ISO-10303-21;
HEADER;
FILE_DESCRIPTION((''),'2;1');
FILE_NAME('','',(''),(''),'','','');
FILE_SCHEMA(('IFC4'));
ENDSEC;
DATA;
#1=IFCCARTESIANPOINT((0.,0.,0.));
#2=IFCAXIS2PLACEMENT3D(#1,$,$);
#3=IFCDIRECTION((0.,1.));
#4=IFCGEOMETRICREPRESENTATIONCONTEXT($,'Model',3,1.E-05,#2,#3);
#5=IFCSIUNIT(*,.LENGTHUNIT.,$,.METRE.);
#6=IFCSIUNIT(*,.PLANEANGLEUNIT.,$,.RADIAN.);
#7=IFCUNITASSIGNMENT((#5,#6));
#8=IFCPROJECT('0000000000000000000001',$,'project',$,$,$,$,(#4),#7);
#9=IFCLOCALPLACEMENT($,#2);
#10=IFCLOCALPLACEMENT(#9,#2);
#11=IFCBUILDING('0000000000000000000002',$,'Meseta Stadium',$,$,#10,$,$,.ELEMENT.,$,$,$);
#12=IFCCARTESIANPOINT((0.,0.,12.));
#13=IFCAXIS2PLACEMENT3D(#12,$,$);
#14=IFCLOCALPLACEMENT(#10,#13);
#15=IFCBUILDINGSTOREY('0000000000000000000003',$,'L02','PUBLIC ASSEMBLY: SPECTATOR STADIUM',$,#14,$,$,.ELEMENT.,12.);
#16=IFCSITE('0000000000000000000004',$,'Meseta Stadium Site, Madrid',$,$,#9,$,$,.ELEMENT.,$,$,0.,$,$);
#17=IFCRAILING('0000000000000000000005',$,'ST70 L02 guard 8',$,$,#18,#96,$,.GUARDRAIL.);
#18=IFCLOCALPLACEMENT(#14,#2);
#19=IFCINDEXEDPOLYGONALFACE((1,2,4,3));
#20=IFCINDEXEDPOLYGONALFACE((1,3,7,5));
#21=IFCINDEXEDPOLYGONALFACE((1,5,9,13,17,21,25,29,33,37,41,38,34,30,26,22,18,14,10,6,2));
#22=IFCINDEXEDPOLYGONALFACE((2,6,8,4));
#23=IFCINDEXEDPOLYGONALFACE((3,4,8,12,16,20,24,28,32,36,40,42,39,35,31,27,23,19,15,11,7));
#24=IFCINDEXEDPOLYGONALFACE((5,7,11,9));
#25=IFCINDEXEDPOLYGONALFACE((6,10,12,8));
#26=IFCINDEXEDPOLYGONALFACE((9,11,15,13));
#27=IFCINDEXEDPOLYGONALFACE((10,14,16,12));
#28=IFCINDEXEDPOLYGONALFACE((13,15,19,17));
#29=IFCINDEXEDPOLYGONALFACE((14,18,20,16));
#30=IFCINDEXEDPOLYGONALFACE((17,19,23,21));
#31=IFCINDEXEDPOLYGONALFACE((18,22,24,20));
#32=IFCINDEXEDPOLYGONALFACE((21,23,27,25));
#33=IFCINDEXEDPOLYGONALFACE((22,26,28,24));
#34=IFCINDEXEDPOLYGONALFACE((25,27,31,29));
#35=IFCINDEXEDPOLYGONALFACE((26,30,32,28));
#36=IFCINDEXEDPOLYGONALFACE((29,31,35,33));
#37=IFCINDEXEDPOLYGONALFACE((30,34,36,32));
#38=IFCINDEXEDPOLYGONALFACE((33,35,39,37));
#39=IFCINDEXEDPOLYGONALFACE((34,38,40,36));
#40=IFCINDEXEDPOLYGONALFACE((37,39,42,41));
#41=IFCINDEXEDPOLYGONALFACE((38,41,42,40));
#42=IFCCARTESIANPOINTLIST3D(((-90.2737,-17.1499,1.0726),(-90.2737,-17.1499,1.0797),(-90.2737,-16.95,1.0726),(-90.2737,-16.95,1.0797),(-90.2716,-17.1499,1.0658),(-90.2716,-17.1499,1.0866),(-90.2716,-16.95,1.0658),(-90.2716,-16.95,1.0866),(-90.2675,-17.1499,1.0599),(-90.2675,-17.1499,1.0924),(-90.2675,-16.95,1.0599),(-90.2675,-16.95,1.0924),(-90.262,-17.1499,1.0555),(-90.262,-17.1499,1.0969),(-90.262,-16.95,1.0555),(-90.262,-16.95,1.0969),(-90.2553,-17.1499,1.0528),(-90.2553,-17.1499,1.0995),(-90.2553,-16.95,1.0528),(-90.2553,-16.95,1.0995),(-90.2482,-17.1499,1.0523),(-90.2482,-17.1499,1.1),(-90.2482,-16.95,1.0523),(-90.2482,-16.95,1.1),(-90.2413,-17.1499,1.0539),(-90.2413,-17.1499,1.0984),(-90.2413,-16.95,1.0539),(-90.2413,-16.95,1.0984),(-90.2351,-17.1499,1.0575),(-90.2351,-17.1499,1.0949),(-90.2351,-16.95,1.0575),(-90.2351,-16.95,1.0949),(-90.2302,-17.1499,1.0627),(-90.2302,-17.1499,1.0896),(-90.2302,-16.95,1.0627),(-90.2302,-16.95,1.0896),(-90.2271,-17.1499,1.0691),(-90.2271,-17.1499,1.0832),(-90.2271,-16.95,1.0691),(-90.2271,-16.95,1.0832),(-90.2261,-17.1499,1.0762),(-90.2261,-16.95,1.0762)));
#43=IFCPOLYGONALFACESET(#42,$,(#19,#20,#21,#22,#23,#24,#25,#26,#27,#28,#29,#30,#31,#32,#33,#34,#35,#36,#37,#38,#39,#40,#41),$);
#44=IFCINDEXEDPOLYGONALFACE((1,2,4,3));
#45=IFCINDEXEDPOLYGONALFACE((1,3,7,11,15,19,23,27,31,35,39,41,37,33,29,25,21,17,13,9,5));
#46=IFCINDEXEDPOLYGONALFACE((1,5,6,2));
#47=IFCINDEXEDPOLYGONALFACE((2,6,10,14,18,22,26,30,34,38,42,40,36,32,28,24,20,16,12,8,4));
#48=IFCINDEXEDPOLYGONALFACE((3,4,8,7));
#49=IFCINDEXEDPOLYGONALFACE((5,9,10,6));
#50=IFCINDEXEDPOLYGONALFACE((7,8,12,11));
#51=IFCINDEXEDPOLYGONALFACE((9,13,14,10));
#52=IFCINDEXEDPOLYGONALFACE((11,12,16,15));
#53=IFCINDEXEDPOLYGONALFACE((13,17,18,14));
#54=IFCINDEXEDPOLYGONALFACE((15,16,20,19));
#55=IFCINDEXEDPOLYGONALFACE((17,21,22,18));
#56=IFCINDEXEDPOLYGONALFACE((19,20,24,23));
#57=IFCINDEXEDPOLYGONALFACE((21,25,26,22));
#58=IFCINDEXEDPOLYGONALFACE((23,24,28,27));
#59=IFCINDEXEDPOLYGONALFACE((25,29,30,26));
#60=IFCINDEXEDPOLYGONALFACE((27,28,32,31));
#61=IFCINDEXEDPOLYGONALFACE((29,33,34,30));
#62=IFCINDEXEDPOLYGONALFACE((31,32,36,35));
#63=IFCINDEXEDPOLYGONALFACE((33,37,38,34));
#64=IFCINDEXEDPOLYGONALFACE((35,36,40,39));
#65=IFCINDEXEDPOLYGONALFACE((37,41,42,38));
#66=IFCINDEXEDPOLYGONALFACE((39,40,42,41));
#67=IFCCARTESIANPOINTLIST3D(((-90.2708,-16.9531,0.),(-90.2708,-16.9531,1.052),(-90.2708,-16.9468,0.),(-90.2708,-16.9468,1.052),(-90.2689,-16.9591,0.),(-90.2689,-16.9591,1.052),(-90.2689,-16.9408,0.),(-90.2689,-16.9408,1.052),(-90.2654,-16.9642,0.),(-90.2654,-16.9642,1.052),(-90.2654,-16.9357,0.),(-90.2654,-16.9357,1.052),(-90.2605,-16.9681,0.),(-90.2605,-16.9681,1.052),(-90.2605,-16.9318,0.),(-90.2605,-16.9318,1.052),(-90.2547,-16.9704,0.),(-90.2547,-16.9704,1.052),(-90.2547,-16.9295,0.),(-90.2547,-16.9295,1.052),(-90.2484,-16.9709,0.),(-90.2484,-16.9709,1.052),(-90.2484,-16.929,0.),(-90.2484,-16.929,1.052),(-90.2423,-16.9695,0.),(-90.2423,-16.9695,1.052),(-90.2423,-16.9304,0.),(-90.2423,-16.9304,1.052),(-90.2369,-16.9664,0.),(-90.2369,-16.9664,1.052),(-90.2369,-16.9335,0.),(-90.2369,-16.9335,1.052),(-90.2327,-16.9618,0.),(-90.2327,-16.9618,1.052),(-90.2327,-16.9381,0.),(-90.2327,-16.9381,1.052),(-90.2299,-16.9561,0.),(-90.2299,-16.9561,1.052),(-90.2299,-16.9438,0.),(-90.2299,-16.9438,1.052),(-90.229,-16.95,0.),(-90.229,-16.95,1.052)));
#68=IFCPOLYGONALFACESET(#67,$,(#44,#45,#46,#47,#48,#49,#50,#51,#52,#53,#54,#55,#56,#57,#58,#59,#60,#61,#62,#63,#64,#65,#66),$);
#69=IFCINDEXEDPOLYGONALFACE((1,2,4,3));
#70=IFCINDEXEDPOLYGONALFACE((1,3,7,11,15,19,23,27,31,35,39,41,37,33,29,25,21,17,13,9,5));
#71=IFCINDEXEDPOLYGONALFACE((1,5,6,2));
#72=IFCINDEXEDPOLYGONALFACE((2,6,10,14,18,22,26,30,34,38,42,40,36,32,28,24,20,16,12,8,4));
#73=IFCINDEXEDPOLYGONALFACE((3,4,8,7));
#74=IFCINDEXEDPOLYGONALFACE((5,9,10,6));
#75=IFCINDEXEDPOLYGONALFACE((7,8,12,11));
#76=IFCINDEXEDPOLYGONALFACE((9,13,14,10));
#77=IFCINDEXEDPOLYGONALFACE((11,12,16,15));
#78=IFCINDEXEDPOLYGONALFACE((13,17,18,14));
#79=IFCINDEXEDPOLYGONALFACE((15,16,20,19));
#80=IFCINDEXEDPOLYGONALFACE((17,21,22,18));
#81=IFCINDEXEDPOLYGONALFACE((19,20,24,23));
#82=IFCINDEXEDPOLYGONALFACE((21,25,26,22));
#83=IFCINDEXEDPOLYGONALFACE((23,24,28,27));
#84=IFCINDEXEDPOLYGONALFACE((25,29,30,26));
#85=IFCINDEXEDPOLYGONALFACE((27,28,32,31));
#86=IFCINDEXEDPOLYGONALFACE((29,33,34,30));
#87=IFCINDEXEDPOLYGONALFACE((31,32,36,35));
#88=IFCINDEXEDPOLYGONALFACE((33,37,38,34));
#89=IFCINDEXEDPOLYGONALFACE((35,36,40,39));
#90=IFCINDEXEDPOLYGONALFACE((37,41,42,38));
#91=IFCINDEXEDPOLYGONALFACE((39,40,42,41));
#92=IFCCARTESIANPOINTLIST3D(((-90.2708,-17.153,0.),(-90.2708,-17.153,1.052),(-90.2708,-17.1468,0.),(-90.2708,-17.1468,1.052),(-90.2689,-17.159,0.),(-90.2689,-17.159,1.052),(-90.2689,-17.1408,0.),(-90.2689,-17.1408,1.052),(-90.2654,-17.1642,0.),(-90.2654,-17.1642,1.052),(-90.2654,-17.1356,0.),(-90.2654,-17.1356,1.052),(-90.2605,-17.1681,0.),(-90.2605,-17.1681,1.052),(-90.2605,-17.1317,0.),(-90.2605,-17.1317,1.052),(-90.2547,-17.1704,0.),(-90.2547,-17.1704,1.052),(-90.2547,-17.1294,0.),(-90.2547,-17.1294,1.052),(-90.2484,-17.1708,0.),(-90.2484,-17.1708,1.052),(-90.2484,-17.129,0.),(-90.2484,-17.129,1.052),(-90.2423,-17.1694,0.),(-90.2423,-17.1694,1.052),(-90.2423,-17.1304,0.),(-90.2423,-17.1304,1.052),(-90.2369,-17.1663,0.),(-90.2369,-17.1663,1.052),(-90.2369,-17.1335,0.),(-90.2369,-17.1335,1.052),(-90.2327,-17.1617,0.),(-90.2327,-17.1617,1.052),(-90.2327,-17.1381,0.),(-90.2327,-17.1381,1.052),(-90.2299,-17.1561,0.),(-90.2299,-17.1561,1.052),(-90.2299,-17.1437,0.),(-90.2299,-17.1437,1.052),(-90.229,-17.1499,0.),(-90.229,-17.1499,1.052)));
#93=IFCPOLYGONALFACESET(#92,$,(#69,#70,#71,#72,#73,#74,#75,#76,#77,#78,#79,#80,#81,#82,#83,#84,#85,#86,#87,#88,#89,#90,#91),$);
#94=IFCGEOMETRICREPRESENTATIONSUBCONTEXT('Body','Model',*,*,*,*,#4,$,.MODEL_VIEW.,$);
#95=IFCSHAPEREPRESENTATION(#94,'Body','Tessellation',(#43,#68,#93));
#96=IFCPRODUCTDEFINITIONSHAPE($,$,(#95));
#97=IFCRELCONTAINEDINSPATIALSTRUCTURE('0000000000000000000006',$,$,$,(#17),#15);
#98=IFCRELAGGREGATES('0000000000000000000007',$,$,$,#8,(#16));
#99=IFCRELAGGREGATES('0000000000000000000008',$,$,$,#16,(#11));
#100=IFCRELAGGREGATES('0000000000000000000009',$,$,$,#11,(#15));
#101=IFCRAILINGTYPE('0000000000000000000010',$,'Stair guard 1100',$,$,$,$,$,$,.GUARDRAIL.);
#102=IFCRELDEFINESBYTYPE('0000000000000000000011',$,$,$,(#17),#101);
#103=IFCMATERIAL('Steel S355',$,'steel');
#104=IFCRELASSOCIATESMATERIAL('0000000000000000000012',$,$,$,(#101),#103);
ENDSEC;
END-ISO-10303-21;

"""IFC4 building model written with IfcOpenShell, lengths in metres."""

from ifc_helpers import new_model, si_unit, direction, frame, origin, origin_2d, place, context, subcontext, project, spatial, circle, extrude, material, type_object, element, save


model = new_model("IFC4")

# Units and contexts
model_context = context("Model", 3, precision=1e-05, world=origin(), true_north=direction((0.0, 1.0)))
body_context = subcontext(model_context, "Body", "Model", "MODEL_VIEW")
ifc_project = project(units=[si_unit("LENGTHUNIT", "METRE"), si_unit("PLANEANGLEUNIT", "RADIAN")], contexts=[model_context])

# Site, building, storey
site_placement = place(None, origin())
site = spatial("IfcSite", under=ifc_project, at=site_placement, Name="Meseta Stadium Site, Madrid", CompositionType="ELEMENT", RefElevation=0.0)
building_placement = place(site_placement, origin())
building = spatial("IfcBuilding", under=site, at=building_placement, Name="Meseta Stadium", CompositionType="ELEMENT")
storey_placement = place(building_placement, frame((0.0, 0.0, 12.0)))
storey = spatial("IfcBuildingStorey", under=building, at=storey_placement, Name="L02", Description="PUBLIC ASSEMBLY: SPECTATOR STADIUM", CompositionType="ELEMENT", Elevation=12.0)

# Railing
ifc_material_1 = material(Name="Steel S355", Category="steel")
railing_type_1 = type_object("IfcRailingType", Name="Stair guard 1100", PredefinedType="GUARDRAIL", material=ifc_material_1)
railing_1_placement = place(storey_placement, frame((-90.25, -16.95, 0.0)))
element("IfcRailing", 1, at=railing_1_placement, inside=storey, type_object=railing_type_1, Name="ST70 L02 guard 8", PredefinedType="GUARDRAIL", context=body_context, shape_type="SweptSolid", body=[
    extrude(circle(Radius=0.0239, at=origin_2d()), frame((0.0, 0.0, 1.0762), z_axis=(0.0, -1.0, 0.0), x_axis=(1.0, 0.0, 0.0)), (0.0, 0.0, 1.0), 0.2),
    extrude(circle(Radius=0.021, at=origin_2d()), origin(), (0.0, 0.0, 1.0), 1.052),
    extrude(circle(Radius=0.021, at=origin_2d()), frame((0.0, -0.2, 0.0)), (0.0, 0.0, 1.0), 1.052),
])

save(model, "model.ifc")
